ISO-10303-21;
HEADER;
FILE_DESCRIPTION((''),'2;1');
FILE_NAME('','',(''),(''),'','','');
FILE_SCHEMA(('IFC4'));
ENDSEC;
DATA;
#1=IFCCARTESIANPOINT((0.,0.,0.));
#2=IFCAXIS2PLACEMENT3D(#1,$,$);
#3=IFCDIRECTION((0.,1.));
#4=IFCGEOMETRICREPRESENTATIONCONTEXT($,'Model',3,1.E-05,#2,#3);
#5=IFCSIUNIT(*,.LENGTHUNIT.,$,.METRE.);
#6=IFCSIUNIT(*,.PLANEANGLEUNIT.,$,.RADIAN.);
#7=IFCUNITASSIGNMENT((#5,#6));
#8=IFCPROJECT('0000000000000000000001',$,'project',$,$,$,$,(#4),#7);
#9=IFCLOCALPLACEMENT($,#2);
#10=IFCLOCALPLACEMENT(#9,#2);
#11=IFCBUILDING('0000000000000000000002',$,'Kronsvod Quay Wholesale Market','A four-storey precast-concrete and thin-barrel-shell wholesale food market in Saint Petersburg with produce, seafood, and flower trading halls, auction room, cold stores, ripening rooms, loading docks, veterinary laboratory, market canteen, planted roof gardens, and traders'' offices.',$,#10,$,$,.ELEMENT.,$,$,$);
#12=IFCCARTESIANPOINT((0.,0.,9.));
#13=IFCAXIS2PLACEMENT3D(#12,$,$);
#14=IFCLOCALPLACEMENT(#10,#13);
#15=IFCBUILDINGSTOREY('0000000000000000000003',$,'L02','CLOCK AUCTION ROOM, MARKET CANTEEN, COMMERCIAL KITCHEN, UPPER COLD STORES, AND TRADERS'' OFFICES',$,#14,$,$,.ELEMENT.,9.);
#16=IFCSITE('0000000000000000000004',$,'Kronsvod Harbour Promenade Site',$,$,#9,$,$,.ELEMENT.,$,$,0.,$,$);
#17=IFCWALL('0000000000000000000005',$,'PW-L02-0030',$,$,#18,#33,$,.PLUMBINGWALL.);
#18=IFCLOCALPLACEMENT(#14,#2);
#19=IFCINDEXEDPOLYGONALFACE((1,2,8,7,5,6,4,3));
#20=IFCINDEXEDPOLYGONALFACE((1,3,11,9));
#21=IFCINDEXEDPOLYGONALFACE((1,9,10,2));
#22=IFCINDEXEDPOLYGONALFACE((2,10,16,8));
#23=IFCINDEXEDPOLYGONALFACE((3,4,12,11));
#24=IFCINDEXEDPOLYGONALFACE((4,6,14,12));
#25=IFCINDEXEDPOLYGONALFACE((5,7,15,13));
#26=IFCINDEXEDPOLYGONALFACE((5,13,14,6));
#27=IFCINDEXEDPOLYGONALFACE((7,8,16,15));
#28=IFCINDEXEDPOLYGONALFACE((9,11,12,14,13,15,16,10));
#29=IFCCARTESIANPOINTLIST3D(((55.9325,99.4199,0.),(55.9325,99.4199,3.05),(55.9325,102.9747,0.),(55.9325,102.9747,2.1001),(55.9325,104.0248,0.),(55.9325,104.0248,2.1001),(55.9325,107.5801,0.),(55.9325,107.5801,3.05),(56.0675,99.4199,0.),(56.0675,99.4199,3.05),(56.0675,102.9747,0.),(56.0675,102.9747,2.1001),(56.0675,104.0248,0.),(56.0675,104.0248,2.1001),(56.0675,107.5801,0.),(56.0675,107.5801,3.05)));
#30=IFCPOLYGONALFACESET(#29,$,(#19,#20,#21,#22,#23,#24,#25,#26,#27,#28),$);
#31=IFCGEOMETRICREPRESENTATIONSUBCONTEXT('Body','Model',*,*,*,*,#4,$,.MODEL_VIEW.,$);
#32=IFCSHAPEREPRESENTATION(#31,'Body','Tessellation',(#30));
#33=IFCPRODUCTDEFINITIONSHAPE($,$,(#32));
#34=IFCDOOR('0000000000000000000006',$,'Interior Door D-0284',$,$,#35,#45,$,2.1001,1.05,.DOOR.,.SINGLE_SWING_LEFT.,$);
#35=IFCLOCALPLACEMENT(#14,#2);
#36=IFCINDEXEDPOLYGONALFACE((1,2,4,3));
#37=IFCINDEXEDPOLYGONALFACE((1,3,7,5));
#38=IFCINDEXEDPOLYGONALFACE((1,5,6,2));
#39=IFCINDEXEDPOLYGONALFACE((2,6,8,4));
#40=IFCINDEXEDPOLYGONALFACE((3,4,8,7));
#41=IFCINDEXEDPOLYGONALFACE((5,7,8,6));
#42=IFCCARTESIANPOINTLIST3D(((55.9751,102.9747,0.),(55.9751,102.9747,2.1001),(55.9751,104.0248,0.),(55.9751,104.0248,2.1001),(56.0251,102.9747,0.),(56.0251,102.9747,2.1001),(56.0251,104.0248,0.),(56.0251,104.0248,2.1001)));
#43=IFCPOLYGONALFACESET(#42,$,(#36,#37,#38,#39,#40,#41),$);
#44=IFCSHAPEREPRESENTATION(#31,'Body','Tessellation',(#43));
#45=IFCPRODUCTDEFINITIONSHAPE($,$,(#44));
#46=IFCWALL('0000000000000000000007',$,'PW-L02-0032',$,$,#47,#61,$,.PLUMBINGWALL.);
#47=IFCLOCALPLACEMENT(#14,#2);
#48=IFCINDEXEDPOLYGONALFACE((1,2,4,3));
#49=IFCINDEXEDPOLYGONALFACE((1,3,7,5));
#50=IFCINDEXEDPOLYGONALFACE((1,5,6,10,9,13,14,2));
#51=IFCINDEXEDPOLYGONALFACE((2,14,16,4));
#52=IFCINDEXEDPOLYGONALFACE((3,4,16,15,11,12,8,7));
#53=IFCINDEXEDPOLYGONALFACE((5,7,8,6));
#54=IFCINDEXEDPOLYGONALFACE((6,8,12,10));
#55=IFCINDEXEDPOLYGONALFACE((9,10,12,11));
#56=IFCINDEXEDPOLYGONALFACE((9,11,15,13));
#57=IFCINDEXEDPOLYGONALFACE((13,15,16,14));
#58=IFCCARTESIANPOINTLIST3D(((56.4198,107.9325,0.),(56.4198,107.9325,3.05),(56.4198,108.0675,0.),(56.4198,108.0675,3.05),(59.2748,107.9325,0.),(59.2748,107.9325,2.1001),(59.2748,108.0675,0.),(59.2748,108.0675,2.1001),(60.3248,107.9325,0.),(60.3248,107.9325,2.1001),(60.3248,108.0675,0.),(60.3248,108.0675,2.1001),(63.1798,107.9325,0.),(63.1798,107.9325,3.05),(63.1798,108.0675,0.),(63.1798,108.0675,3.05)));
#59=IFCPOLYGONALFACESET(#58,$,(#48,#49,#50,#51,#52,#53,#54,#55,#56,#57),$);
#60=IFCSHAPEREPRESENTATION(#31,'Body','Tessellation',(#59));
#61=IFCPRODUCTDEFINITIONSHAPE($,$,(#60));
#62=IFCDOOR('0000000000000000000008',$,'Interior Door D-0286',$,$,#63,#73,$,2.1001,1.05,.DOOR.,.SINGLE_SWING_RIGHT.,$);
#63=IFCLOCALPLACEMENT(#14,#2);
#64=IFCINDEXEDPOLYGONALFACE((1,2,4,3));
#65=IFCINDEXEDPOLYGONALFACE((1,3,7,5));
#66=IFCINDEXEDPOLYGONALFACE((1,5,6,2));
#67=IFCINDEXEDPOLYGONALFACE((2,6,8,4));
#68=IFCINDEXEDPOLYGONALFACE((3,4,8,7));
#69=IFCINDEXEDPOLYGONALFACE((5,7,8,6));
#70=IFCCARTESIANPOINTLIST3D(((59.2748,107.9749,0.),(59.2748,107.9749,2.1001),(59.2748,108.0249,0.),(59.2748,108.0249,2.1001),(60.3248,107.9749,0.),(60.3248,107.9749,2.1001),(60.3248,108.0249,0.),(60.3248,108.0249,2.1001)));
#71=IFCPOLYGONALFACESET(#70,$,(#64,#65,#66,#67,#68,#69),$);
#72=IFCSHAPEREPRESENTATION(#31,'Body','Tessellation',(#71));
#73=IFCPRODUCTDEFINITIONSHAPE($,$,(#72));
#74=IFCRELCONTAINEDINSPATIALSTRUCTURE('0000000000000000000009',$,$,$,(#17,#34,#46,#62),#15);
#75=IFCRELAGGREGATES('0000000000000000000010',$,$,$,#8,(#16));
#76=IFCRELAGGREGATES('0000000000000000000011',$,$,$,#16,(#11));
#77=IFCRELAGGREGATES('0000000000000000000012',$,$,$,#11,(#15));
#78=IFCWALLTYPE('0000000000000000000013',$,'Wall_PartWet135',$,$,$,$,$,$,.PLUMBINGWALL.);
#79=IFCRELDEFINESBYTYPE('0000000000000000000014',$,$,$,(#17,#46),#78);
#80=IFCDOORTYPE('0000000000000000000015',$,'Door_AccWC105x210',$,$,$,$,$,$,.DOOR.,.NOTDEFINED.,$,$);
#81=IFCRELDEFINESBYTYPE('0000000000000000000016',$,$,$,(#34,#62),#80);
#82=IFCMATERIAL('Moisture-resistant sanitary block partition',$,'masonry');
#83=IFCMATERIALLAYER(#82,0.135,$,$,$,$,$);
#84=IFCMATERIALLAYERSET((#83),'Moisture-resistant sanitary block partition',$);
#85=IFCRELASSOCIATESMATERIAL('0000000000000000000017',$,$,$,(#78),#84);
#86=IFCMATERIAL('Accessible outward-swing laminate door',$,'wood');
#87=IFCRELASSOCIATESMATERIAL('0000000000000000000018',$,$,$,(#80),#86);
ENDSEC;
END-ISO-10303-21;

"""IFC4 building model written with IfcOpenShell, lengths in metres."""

from ifc_helpers import new_model, si_unit, direction, frame, frame_2d, origin, place, context, subcontext, project, spatial, rectangle, extrude, material, layer, layer_set, type_object, element, fill, save


model = new_model("IFC4")

# Units and contexts
model_context = context("Model", 3, precision=1e-05, world=origin(), true_north=direction((0.0, 1.0)))
body_context = subcontext(model_context, "Body", "Model", "MODEL_VIEW")
ifc_project = project(units=[si_unit("LENGTHUNIT", "METRE"), si_unit("PLANEANGLEUNIT", "RADIAN")], contexts=[model_context])

# Site, building, storey
site_placement = place(None, origin())
site = spatial("IfcSite", under=ifc_project, at=site_placement, Name="Kronsvod Harbour Promenade Site", CompositionType="ELEMENT", RefElevation=0.0)
building_placement = place(site_placement, origin())
building = spatial("IfcBuilding", under=site, at=building_placement, Name="Kronsvod Quay Wholesale Market", Description="A four-storey precast-concrete and thin-barrel-shell wholesale food market in Saint Petersburg with produce, seafood, and flower trading halls, auction room, cold stores, ripening rooms, loading docks, veterinary laboratory, market canteen, planted roof gardens, and traders' offices.", CompositionType="ELEMENT")
storey_placement = place(building_placement, frame((0.0, 0.0, 9.0)))
storey = spatial("IfcBuildingStorey", under=building, at=storey_placement, Name="L02", Description="CLOCK AUCTION ROOM, MARKET CANTEEN, COMMERCIAL KITCHEN, UPPER COLD STORES, AND TRADERS' OFFICES", CompositionType="ELEMENT", Elevation=9.0)

# Walls, openings, doors
ifc_material_1 = material(Name="Moisture-resistant sanitary block partition", Category="masonry")
ifc_layer_1 = layer(ifc_material_1, 0.135)
ifc_layer_set_1 = layer_set([ifc_layer_1], Name="Moisture-resistant sanitary block partition")
wall_type_1 = type_object("IfcWallType", Name="Wall_PartWet135", PredefinedType="PLUMBINGWALL", material=ifc_layer_set_1)
wall_1_placement = place(storey_placement, frame((56.0, 99.4199, 0.0), z_axis=(0.0, 0.0, 1.0), x_axis=(0.0, 1.0, 0.0)))
wall_1 = element("IfcWall", 1, at=wall_1_placement, inside=storey, type_object=wall_type_1, Name="PW-L02-0030", PredefinedType="PLUMBINGWALL", context=body_context, shape_type="SweptSolid", body=[
    extrude(rectangle(XDim=8.1602, YDim=0.135, at=frame_2d((4.0801, 0.0))), origin(), (0.0, 0.0, 1.0), 3.05),
])
opening_1_placement = place(wall_1_placement, frame((3.5549, 0.0, 0.0)))
opening_1 = element("IfcOpeningElement", 2, at=opening_1_placement, cuts=wall_1, PredefinedType="OPENING", context=body_context, shape_type="SweptSolid", body=[
    extrude(rectangle(XDim=1.05, YDim=2.1001, at=frame_2d((0.5249, 1.05))), frame((0.0, 0.0776, 0.0), z_axis=(0.0, -1.0, 0.0), x_axis=(1.0, 0.0, 0.0)), (0.0, 0.0, 1.0), 0.155),
])
ifc_material_2 = material(Name="Accessible outward-swing laminate door", Category="wood")
door_type_1 = type_object("IfcDoorType", Name="Door_AccWC105x210", OperationType="NOTDEFINED", PredefinedType="DOOR", material=ifc_material_2)
door_1_placement = place(opening_1_placement, origin())
door_1 = element("IfcDoor", 3, at=door_1_placement, inside=storey, type_object=door_type_1, Name="Interior Door D-0284", OperationType="SINGLE_SWING_LEFT", OverallHeight=2.1001, OverallWidth=1.05, PredefinedType="DOOR", context=body_context, shape_type="SweptSolid", body=[
    extrude(rectangle(XDim=1.05, YDim=2.1001, at=frame_2d((0.5249, 1.05))), frame((0.0, 0.0249, 0.0), z_axis=(0.0, -1.0, 0.0), x_axis=(1.0, 0.0, 0.0)), (0.0, 0.0, 1.0), 0.05),
])
fill(opening_1, door_1)
wall_2_placement = place(storey_placement, frame((56.4199, 108.0, 0.0), z_axis=(0.0, 0.0, 1.0), x_axis=(1.0, 0.0, 0.0)))
wall_2 = element("IfcWall", 4, at=wall_2_placement, inside=storey, type_object=wall_type_1, Name="PW-L02-0032", PredefinedType="PLUMBINGWALL", context=body_context, shape_type="SweptSolid", body=[
    extrude(rectangle(XDim=6.76, YDim=0.135, at=frame_2d((3.3799, 0.0))), origin(), (0.0, 0.0, 1.0), 3.05),
])
opening_2_placement = place(wall_2_placement, frame((2.855, 0.0, 0.0)))
opening_2 = element("IfcOpeningElement", 5, at=opening_2_placement, cuts=wall_2, PredefinedType="OPENING", context=body_context, shape_type="SweptSolid", body=[
    extrude(rectangle(XDim=1.05, YDim=2.1001, at=frame_2d((0.5249, 1.05))), frame((0.0, 0.0776, 0.0), z_axis=(0.0, -1.0, 0.0), x_axis=(1.0, 0.0, 0.0)), (0.0, 0.0, 1.0), 0.155),
])
door_2_placement = place(opening_2_placement, origin())
door_2 = element("IfcDoor", 6, at=door_2_placement, inside=storey, type_object=door_type_1, Name="Interior Door D-0286", OperationType="SINGLE_SWING_RIGHT", OverallHeight=2.1001, OverallWidth=1.05, PredefinedType="DOOR", context=body_context, shape_type="SweptSolid", body=[
    extrude(rectangle(XDim=1.05, YDim=2.1001, at=frame_2d((0.5249, 1.05))), frame((0.0, 0.0249, 0.0), z_axis=(0.0, -1.0, 0.0), x_axis=(1.0, 0.0, 0.0)), (0.0, 0.0, 1.0), 0.05),
])
fill(opening_2, door_2)

save(model, "model.ifc")
